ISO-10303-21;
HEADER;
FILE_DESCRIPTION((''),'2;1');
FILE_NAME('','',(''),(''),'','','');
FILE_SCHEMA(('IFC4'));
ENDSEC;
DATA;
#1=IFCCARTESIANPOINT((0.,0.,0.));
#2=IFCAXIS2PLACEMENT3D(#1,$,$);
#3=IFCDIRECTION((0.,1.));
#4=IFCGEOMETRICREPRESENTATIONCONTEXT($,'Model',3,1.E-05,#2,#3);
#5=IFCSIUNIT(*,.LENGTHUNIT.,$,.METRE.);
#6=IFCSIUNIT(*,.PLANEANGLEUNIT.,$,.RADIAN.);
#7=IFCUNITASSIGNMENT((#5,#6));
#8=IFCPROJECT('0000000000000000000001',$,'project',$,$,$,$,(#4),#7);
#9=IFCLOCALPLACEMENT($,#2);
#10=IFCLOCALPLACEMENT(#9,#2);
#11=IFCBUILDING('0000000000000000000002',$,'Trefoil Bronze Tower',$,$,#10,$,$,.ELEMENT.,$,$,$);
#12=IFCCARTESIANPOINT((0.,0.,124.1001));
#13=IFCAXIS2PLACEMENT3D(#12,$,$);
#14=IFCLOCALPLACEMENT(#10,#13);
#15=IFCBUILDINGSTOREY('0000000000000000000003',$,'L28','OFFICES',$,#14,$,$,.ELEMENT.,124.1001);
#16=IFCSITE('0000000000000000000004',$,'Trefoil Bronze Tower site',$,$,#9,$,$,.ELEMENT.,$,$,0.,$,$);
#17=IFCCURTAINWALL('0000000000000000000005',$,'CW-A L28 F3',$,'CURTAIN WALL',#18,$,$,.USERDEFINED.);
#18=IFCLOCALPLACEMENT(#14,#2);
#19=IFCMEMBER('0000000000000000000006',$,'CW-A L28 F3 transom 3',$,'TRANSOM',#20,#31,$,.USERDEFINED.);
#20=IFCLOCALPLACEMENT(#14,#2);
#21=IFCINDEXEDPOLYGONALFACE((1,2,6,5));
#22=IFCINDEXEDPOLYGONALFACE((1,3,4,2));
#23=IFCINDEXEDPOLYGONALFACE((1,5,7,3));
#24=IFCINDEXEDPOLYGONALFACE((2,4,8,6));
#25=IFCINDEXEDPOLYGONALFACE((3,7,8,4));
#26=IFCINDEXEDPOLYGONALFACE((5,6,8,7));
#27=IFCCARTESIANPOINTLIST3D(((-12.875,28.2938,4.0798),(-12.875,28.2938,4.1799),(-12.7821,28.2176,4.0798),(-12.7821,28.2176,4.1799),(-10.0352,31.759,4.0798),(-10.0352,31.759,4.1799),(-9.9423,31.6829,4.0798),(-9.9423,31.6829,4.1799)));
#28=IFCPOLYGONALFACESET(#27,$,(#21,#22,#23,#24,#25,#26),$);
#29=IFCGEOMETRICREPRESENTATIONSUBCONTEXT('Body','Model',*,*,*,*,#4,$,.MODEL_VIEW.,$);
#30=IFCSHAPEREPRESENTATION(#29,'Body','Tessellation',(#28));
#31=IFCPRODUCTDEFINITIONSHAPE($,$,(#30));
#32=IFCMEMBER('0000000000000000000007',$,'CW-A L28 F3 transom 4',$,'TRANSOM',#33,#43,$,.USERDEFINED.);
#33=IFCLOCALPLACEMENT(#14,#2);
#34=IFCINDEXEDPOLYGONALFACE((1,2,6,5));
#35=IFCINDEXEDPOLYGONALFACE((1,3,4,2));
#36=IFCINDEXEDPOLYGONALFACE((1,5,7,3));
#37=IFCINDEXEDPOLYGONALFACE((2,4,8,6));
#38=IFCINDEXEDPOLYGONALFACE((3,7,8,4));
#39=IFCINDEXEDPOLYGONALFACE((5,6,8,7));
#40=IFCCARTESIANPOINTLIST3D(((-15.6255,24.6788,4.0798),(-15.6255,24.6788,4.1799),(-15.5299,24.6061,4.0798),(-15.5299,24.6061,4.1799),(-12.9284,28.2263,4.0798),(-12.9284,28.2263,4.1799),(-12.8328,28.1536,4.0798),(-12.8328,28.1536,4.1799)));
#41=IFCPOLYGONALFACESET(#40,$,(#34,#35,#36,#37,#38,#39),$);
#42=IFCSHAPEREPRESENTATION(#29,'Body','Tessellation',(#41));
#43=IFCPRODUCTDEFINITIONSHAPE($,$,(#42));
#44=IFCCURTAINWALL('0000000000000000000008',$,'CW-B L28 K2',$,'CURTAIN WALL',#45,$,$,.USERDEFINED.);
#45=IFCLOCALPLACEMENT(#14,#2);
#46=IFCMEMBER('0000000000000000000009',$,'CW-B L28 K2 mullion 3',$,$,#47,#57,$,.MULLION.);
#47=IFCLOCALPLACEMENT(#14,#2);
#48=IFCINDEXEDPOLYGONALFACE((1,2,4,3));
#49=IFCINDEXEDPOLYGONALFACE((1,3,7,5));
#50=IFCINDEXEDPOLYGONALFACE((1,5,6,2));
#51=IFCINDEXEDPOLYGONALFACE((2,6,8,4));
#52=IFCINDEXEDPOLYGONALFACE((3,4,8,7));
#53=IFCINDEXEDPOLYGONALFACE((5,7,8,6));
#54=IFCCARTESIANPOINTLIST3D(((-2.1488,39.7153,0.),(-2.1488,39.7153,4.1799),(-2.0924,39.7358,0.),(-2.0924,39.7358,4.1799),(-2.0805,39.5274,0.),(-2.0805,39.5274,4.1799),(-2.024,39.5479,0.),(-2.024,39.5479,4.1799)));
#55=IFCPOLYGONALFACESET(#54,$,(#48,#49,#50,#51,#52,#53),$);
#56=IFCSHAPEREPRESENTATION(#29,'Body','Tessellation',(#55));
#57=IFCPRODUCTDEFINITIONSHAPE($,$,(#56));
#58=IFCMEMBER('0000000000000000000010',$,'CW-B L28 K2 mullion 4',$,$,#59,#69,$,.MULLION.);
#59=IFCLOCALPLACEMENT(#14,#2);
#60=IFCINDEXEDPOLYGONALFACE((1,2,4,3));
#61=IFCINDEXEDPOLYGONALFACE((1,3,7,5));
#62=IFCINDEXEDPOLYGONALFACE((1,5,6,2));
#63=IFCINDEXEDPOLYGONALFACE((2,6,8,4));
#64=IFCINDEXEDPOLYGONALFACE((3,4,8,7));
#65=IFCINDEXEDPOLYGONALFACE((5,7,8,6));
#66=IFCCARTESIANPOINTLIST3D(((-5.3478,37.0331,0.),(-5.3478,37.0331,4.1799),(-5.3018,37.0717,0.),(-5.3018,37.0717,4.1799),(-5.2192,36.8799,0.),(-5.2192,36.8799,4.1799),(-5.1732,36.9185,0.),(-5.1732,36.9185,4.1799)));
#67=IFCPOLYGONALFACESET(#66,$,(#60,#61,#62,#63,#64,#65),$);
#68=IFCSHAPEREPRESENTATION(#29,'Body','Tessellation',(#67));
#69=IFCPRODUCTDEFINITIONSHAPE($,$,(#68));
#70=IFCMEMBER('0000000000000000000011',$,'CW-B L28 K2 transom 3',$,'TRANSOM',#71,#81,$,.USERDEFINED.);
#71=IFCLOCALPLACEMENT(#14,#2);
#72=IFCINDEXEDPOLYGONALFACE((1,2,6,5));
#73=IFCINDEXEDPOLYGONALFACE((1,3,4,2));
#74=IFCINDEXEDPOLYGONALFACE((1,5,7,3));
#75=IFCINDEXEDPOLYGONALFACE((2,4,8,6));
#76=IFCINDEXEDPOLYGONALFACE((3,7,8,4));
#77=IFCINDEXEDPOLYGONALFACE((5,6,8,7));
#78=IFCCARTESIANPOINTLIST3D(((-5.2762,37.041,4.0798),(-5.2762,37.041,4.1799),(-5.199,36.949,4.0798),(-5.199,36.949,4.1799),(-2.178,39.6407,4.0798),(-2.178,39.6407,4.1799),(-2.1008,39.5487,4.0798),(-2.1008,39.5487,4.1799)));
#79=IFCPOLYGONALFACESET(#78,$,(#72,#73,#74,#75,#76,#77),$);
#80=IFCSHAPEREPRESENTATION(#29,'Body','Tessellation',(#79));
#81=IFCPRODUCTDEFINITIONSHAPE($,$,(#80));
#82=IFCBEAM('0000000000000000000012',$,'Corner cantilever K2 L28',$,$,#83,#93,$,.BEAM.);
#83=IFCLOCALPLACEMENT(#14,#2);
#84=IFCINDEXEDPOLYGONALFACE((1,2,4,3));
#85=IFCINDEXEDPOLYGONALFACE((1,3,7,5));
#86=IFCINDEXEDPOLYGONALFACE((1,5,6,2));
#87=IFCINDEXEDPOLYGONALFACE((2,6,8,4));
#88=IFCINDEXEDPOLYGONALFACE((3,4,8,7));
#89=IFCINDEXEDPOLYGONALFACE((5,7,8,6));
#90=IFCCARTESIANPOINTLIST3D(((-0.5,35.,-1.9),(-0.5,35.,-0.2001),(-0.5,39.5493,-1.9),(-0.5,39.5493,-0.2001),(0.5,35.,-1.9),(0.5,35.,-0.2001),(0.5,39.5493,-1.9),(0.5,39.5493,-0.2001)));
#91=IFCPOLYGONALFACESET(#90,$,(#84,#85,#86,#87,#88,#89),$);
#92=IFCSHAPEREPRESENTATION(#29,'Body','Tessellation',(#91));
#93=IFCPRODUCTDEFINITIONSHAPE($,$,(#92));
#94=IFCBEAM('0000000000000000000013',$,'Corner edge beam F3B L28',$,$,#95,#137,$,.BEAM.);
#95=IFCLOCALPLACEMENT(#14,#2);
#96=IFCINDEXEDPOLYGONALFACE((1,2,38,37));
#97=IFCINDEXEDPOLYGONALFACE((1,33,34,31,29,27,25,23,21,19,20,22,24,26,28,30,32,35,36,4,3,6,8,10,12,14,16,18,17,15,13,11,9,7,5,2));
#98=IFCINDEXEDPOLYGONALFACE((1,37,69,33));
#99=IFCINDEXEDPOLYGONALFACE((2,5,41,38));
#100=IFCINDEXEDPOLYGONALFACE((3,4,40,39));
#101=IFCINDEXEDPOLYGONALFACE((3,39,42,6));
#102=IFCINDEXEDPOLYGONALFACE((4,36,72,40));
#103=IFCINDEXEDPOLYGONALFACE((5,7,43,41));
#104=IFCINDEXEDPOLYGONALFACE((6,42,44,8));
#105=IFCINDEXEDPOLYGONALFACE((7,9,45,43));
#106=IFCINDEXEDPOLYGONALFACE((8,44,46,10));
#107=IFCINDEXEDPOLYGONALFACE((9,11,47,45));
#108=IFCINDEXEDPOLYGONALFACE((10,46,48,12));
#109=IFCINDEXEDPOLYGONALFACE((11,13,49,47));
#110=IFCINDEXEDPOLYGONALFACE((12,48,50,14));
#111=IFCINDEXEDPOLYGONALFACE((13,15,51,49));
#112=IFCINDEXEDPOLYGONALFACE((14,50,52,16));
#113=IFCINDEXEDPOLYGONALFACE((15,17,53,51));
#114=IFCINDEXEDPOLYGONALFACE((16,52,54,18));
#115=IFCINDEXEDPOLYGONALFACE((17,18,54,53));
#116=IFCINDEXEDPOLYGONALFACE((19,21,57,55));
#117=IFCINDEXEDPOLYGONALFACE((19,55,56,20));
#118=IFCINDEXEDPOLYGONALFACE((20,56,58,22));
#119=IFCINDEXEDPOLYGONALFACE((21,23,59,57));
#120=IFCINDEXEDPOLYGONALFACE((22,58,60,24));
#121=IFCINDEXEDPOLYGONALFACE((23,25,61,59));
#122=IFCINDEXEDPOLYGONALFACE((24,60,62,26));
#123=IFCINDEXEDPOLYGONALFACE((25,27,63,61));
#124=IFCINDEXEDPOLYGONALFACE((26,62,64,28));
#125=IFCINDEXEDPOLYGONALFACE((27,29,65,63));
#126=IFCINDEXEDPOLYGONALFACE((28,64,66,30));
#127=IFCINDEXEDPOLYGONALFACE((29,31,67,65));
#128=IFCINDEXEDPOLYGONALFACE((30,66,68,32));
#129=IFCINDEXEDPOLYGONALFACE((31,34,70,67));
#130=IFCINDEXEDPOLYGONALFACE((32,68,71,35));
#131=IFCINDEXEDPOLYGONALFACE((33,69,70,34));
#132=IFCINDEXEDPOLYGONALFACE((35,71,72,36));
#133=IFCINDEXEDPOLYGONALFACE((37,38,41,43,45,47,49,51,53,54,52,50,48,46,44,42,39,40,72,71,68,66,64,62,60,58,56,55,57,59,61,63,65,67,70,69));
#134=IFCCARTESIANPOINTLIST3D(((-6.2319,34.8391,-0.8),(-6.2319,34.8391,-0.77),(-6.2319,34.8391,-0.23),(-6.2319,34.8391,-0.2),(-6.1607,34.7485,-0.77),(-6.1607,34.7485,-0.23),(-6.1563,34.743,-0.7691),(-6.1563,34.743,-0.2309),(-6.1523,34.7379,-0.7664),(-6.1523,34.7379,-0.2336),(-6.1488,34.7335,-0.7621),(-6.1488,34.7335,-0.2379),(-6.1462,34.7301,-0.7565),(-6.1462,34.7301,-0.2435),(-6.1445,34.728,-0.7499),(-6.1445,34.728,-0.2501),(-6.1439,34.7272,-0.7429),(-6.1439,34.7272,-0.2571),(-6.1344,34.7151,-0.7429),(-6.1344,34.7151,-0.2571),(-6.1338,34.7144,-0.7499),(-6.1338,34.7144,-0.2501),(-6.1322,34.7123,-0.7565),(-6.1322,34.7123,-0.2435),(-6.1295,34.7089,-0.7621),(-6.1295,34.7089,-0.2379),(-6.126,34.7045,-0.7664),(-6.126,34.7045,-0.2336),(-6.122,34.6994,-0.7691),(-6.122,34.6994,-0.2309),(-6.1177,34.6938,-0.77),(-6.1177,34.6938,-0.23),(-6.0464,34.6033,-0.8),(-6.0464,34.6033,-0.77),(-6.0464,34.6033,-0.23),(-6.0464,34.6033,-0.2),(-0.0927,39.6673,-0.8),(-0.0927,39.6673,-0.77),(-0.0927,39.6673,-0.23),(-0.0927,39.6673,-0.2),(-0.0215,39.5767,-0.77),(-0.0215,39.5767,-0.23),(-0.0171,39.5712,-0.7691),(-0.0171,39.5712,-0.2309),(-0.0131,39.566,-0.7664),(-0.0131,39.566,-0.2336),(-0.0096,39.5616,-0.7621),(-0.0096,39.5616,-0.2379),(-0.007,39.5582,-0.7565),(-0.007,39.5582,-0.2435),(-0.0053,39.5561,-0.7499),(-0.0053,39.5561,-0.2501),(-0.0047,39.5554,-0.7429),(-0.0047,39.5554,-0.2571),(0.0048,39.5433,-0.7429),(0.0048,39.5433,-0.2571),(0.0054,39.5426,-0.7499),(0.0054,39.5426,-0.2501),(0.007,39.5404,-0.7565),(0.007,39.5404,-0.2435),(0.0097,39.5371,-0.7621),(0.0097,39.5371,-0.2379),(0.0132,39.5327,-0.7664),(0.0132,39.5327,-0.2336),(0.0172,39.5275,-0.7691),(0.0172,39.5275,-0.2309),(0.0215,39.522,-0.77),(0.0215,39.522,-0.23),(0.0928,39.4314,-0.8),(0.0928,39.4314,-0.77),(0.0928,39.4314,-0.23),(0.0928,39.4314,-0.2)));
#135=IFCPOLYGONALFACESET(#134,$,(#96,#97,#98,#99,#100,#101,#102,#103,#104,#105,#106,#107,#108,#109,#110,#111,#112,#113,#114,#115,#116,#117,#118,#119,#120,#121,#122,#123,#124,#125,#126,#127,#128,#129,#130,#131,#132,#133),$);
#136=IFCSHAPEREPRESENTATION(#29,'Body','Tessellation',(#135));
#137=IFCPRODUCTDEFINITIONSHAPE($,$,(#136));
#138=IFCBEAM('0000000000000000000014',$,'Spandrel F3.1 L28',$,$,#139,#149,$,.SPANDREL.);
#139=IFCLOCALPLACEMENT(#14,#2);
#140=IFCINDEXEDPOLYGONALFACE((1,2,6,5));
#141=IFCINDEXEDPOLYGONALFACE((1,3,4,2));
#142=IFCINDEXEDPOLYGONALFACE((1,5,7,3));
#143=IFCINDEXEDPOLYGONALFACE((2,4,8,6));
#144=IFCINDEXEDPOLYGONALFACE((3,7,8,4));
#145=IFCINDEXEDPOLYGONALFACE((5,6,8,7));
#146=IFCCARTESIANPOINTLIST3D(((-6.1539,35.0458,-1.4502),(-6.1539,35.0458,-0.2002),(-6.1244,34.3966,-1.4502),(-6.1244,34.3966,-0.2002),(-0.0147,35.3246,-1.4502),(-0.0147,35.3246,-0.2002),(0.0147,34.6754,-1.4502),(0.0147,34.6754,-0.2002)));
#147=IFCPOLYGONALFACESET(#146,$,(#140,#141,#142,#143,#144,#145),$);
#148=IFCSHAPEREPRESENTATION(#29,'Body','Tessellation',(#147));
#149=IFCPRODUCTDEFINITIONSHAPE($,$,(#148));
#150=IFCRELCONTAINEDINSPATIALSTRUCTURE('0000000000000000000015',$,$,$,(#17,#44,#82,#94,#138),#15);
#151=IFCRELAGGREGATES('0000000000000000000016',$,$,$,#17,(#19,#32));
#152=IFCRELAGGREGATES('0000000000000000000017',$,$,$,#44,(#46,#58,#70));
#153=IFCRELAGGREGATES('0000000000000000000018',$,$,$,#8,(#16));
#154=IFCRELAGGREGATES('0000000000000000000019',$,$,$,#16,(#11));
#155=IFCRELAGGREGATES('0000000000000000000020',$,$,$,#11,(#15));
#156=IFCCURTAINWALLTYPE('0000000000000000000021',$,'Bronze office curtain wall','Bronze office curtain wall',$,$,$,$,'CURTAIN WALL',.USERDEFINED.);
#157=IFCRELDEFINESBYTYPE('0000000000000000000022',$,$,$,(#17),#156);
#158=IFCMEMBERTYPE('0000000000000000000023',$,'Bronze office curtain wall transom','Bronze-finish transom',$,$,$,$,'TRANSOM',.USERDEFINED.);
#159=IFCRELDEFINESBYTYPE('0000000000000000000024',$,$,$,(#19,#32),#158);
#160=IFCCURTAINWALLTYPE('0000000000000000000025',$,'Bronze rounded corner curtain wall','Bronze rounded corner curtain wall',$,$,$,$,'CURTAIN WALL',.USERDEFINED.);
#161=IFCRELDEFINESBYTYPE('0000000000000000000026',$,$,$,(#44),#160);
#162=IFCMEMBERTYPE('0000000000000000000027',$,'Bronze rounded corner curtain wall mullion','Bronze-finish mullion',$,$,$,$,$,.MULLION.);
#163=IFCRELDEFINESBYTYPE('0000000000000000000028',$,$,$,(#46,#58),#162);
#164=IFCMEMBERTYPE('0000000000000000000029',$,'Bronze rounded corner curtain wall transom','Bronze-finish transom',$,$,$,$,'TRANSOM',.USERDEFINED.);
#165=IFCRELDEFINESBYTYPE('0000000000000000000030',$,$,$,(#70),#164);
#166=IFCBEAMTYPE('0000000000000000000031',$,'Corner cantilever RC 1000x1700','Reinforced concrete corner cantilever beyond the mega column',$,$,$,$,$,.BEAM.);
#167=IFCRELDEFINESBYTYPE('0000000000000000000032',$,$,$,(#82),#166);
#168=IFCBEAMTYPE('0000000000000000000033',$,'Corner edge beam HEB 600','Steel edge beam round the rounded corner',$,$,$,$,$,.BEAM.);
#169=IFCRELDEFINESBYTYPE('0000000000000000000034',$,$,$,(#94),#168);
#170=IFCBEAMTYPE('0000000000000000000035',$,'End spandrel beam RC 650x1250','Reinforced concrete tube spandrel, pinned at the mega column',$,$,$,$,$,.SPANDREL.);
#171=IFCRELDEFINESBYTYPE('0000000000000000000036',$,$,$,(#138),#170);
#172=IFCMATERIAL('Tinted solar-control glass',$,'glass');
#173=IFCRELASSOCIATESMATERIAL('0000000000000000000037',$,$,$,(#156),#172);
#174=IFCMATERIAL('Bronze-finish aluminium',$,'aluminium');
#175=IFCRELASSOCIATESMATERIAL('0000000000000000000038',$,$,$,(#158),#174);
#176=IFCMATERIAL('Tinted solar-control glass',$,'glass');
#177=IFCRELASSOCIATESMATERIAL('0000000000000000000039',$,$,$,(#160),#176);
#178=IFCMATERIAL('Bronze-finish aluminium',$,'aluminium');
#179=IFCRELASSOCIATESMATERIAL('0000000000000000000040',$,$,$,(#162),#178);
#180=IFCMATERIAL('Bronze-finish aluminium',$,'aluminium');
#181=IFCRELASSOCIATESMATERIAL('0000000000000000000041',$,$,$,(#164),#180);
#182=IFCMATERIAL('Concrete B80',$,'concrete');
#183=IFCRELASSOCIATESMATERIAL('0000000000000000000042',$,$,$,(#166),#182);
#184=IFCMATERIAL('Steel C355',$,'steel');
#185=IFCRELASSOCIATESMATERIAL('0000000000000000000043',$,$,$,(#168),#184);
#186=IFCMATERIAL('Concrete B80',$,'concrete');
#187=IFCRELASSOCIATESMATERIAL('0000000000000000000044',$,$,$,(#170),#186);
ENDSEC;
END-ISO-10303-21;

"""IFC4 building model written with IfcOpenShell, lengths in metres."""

from ifc_helpers import new_model, si_unit, direction, frame, origin, origin_2d, place, context, subcontext, project, spatial, rectangle, i_section, extrude, material, material_profile, profile_set, type_object, element, aggregate, save


model = new_model("IFC4")

# Units and contexts
model_context = context("Model", 3, precision=1e-05, world=origin(), true_north=direction((0.0, 1.0)))
body_context = subcontext(model_context, "Body", "Model", "MODEL_VIEW")
ifc_project = project(units=[si_unit("LENGTHUNIT", "METRE"), si_unit("PLANEANGLEUNIT", "RADIAN")], contexts=[model_context])

# Site, building, storey
site_placement = place(None, origin())
site = spatial("IfcSite", under=ifc_project, at=site_placement, Name="Trefoil Bronze Tower site", CompositionType="ELEMENT", RefElevation=0.0)
building_placement = place(site_placement, origin())
building = spatial("IfcBuilding", under=site, at=building_placement, Name="Trefoil Bronze Tower", CompositionType="ELEMENT")
storey_placement = place(building_placement, frame((0.0, 0.0, 124.1001)))
storey = spatial("IfcBuildingStorey", under=building, at=storey_placement, Name="L28", Description="OFFICES", CompositionType="ELEMENT", Elevation=124.1001)

# Curtain walls, members
ifc_material_1 = material(Name="Tinted solar-control glass", Category="glass")
curtain_wall_type_1 = type_object("IfcCurtainWallType", Name="Bronze office curtain wall", Description="Bronze office curtain wall", ElementType="CURTAIN WALL", PredefinedType="USERDEFINED", material=ifc_material_1)
curtain_wall_1_placement = place(storey_placement, origin())
curtain_wall_1 = element("IfcCurtainWall", 1, at=curtain_wall_1_placement, inside=storey, type_object=curtain_wall_type_1, Name="CW-A L28 F3", ObjectType="CURTAIN WALL", PredefinedType="USERDEFINED")
ifc_material_2 = material(Name="Bronze-finish aluminium", Category="aluminium")
ifc_material_profile_1 = material_profile(ifc_material_2, rectangle(XDim=0.1201, YDim=0.1001, at=origin_2d()), Name="CW-A transom")
ifc_profile_set_1 = profile_set([ifc_material_profile_1], Name="Bronze-finish aluminium")
member_type_1 = type_object("IfcMemberType", Name="Bronze office curtain wall transom", Description="Bronze-finish transom", ElementType="TRANSOM", PredefinedType="USERDEFINED", material=ifc_profile_set_1)
member_1_placement = place(storey_placement, frame((-9.9888, 31.7209, 4.1299), z_axis=(-0.633849, -0.773457, 0.0), x_axis=(0.773457, -0.633849, 0.0)))
member_1 = element("IfcMember", 2, at=member_1_placement, type_object=member_type_1, Name="CW-A L28 F3 transom 3", ObjectType="TRANSOM", PredefinedType="USERDEFINED", context=body_context, shape_type="SweptSolid", body=[
    extrude(rectangle(XDim=0.1201, YDim=0.1001, at=origin_2d()), origin(), (0.0, 0.0, 1.0), 4.4802),
])
member_2_placement = place(storey_placement, frame((-12.8806, 28.1899, 4.1299), z_axis=(-0.605229, -0.796051, 0.0), x_axis=(0.796051, -0.605229, 0.0)))
member_2 = element("IfcMember", 3, at=member_2_placement, type_object=member_type_1, Name="CW-A L28 F3 transom 4", ObjectType="TRANSOM", PredefinedType="USERDEFINED", context=body_context, shape_type="SweptSolid", body=[
    extrude(rectangle(XDim=0.1201, YDim=0.1001, at=origin_2d()), origin(), (0.0, 0.0, 1.0), 4.4563),
])
ifc_material_3 = material(Name="Tinted solar-control glass", Category="glass")
curtain_wall_type_2 = type_object("IfcCurtainWallType", Name="Bronze rounded corner curtain wall", Description="Bronze rounded corner curtain wall", ElementType="CURTAIN WALL", PredefinedType="USERDEFINED", material=ifc_material_3)
curtain_wall_2_placement = place(storey_placement, origin())
curtain_wall_2 = element("IfcCurtainWall", 4, at=curtain_wall_2_placement, inside=storey, type_object=curtain_wall_type_2, Name="CW-B L28 K2", ObjectType="CURTAIN WALL", PredefinedType="USERDEFINED")
ifc_material_4 = material(Name="Bronze-finish aluminium", Category="aluminium")
ifc_material_profile_2 = material_profile(ifc_material_4, rectangle(XDim=0.2, YDim=0.0601, at=origin_2d()), Name="CW-B mullion")
ifc_profile_set_2 = profile_set([ifc_material_profile_2], Name="Bronze-finish aluminium")
member_type_2 = type_object("IfcMemberType", Name="Bronze rounded corner curtain wall mullion", Description="Bronze-finish mullion", PredefinedType="MULLION", material=ifc_profile_set_2)
member_3_placement = place(storey_placement, frame((-2.0864, 39.6316, 0.0), z_axis=(0.0, 0.0, 1.0), x_axis=(0.34202, -0.939693, 0.0)))
member_3 = element("IfcMember", 5, at=member_3_placement, type_object=member_type_2, Name="CW-B L28 K2 mullion 3", PredefinedType="MULLION", context=body_context, shape_type="SweptSolid", body=[
    extrude(rectangle(XDim=0.2, YDim=0.0601, at=origin_2d()), origin(), (0.0, 0.0, 1.0), 4.1799),
])
member_4_placement = place(storey_placement, frame((-5.2605, 36.9758, 0.0), z_axis=(0.0, 0.0, 1.0), x_axis=(0.642788, -0.766044, 0.0)))
member_4 = element("IfcMember", 6, at=member_4_placement, type_object=member_type_2, Name="CW-B L28 K2 mullion 4", PredefinedType="MULLION", context=body_context, shape_type="SweptSolid", body=[
    extrude(rectangle(XDim=0.2, YDim=0.0601, at=origin_2d()), origin(), (0.0, 0.0, 1.0), 4.1799),
])
ifc_material_5 = material(Name="Bronze-finish aluminium", Category="aluminium")
ifc_material_profile_3 = material_profile(ifc_material_5, rectangle(XDim=0.1201, YDim=0.1001, at=origin_2d()), Name="CW-B transom")
ifc_profile_set_3 = profile_set([ifc_material_profile_3], Name="Bronze-finish aluminium")
member_type_3 = type_object("IfcMemberType", Name="Bronze rounded corner curtain wall transom", Description="Bronze-finish transom", ElementType="TRANSOM", PredefinedType="USERDEFINED", material=ifc_profile_set_3)
member_5_placement = place(storey_placement, frame((-2.1394, 39.5947, 4.1299), z_axis=(-0.76605, -0.642781, 0.0), x_axis=(0.642781, -0.76605, 0.0)))
member_5 = element("IfcMember", 7, at=member_5_placement, type_object=member_type_3, Name="CW-B L28 K2 transom 3", ObjectType="TRANSOM", PredefinedType="USERDEFINED", context=body_context, shape_type="SweptSolid", body=[
    extrude(rectangle(XDim=0.1201, YDim=0.1001, at=origin_2d()), origin(), (0.0, 0.0, 1.0), 4.0444),
])

# Beams
ifc_material_6 = material(Name="Concrete B80", Category="concrete")
ifc_material_profile_4 = material_profile(ifc_material_6, rectangle(XDim=1.0, YDim=1.7, at=origin_2d()), Name="RC 1000x1700")
ifc_profile_set_4 = profile_set([ifc_material_profile_4], Name="Concrete B80")
beam_type_1 = type_object("IfcBeamType", Name="Corner cantilever RC 1000x1700", Description="Reinforced concrete corner cantilever beyond the mega column", PredefinedType="BEAM", material=ifc_profile_set_4)
beam_1_placement = place(storey_placement, frame((0.0, 35.0, -1.05), z_axis=(0.0, 1.0, 0.0), x_axis=(-1.0, 0.0, 0.0)))
element("IfcBeam", 8, at=beam_1_placement, inside=storey, type_object=beam_type_1, Name="Corner cantilever K2 L28", PredefinedType="BEAM", context=body_context, shape_type="SweptSolid", body=[
    extrude(rectangle(XDim=1.0, YDim=1.7, at=origin_2d()), origin(), (0.0, 0.0, 1.0), 4.5493),
])
ifc_material_7 = material(Name="Steel C355", Category="steel")
ifc_material_profile_5 = material_profile(ifc_material_7, i_section(OverallWidth=0.3, OverallDepth=0.6001, WebThickness=0.0154, FlangeThickness=0.03, FilletRadius=0.0271, at=origin_2d()), Name="HEB 600")
ifc_profile_set_5 = profile_set([ifc_material_profile_5], Name="Steel C355")
beam_type_2 = type_object("IfcBeamType", Name="Corner edge beam HEB 600", Description="Steel edge beam round the rounded corner", PredefinedType="BEAM", material=ifc_profile_set_5)
beam_2_placement = place(storey_placement, frame((-6.1392, 34.7212, -0.5), z_axis=(0.786038, 0.618178, 0.0), x_axis=(-0.618178, 0.786038, 0.0)))
element("IfcBeam", 9, at=beam_2_placement, inside=storey, type_object=beam_type_2, Name="Corner edge beam F3B L28", PredefinedType="BEAM", context=body_context, shape_type="SweptSolid", body=[
    extrude(i_section(OverallWidth=0.3, OverallDepth=0.6001, WebThickness=0.0154, FlangeThickness=0.03, FilletRadius=0.0271, at=origin_2d()), origin(), (0.0, 0.0, 1.0), 7.8103),
])
ifc_material_8 = material(Name="Concrete B80", Category="concrete")
ifc_material_profile_6 = material_profile(ifc_material_8, rectangle(XDim=0.6499, YDim=1.25, at=origin_2d()), Name="RC 650x1250")
ifc_profile_set_6 = profile_set([ifc_material_profile_6], Name="Concrete B80")
beam_type_3 = type_object("IfcBeamType", Name="End spandrel beam RC 650x1250", Description="Reinforced concrete tube spandrel, pinned at the mega column", PredefinedType="SPANDREL", material=ifc_profile_set_6)
beam_3_placement = place(storey_placement, frame((0.0, 35.0, -0.8252), z_axis=(-0.99897, -0.045368, 0.0), x_axis=(0.045368, -0.99897, 0.0)))
element("IfcBeam", 10, at=beam_3_placement, inside=storey, type_object=beam_type_3, Name="Spandrel F3.1 L28", PredefinedType="SPANDREL", context=body_context, shape_type="SweptSolid", body=[
    extrude(rectangle(XDim=0.6499, YDim=1.25, at=origin_2d()), origin(), (0.0, 0.0, 1.0), 6.1455),
])

aggregate(curtain_wall_1, [member_1, member_2])
aggregate(curtain_wall_2, [member_3, member_4, member_5])

save(model, "model.ifc")
